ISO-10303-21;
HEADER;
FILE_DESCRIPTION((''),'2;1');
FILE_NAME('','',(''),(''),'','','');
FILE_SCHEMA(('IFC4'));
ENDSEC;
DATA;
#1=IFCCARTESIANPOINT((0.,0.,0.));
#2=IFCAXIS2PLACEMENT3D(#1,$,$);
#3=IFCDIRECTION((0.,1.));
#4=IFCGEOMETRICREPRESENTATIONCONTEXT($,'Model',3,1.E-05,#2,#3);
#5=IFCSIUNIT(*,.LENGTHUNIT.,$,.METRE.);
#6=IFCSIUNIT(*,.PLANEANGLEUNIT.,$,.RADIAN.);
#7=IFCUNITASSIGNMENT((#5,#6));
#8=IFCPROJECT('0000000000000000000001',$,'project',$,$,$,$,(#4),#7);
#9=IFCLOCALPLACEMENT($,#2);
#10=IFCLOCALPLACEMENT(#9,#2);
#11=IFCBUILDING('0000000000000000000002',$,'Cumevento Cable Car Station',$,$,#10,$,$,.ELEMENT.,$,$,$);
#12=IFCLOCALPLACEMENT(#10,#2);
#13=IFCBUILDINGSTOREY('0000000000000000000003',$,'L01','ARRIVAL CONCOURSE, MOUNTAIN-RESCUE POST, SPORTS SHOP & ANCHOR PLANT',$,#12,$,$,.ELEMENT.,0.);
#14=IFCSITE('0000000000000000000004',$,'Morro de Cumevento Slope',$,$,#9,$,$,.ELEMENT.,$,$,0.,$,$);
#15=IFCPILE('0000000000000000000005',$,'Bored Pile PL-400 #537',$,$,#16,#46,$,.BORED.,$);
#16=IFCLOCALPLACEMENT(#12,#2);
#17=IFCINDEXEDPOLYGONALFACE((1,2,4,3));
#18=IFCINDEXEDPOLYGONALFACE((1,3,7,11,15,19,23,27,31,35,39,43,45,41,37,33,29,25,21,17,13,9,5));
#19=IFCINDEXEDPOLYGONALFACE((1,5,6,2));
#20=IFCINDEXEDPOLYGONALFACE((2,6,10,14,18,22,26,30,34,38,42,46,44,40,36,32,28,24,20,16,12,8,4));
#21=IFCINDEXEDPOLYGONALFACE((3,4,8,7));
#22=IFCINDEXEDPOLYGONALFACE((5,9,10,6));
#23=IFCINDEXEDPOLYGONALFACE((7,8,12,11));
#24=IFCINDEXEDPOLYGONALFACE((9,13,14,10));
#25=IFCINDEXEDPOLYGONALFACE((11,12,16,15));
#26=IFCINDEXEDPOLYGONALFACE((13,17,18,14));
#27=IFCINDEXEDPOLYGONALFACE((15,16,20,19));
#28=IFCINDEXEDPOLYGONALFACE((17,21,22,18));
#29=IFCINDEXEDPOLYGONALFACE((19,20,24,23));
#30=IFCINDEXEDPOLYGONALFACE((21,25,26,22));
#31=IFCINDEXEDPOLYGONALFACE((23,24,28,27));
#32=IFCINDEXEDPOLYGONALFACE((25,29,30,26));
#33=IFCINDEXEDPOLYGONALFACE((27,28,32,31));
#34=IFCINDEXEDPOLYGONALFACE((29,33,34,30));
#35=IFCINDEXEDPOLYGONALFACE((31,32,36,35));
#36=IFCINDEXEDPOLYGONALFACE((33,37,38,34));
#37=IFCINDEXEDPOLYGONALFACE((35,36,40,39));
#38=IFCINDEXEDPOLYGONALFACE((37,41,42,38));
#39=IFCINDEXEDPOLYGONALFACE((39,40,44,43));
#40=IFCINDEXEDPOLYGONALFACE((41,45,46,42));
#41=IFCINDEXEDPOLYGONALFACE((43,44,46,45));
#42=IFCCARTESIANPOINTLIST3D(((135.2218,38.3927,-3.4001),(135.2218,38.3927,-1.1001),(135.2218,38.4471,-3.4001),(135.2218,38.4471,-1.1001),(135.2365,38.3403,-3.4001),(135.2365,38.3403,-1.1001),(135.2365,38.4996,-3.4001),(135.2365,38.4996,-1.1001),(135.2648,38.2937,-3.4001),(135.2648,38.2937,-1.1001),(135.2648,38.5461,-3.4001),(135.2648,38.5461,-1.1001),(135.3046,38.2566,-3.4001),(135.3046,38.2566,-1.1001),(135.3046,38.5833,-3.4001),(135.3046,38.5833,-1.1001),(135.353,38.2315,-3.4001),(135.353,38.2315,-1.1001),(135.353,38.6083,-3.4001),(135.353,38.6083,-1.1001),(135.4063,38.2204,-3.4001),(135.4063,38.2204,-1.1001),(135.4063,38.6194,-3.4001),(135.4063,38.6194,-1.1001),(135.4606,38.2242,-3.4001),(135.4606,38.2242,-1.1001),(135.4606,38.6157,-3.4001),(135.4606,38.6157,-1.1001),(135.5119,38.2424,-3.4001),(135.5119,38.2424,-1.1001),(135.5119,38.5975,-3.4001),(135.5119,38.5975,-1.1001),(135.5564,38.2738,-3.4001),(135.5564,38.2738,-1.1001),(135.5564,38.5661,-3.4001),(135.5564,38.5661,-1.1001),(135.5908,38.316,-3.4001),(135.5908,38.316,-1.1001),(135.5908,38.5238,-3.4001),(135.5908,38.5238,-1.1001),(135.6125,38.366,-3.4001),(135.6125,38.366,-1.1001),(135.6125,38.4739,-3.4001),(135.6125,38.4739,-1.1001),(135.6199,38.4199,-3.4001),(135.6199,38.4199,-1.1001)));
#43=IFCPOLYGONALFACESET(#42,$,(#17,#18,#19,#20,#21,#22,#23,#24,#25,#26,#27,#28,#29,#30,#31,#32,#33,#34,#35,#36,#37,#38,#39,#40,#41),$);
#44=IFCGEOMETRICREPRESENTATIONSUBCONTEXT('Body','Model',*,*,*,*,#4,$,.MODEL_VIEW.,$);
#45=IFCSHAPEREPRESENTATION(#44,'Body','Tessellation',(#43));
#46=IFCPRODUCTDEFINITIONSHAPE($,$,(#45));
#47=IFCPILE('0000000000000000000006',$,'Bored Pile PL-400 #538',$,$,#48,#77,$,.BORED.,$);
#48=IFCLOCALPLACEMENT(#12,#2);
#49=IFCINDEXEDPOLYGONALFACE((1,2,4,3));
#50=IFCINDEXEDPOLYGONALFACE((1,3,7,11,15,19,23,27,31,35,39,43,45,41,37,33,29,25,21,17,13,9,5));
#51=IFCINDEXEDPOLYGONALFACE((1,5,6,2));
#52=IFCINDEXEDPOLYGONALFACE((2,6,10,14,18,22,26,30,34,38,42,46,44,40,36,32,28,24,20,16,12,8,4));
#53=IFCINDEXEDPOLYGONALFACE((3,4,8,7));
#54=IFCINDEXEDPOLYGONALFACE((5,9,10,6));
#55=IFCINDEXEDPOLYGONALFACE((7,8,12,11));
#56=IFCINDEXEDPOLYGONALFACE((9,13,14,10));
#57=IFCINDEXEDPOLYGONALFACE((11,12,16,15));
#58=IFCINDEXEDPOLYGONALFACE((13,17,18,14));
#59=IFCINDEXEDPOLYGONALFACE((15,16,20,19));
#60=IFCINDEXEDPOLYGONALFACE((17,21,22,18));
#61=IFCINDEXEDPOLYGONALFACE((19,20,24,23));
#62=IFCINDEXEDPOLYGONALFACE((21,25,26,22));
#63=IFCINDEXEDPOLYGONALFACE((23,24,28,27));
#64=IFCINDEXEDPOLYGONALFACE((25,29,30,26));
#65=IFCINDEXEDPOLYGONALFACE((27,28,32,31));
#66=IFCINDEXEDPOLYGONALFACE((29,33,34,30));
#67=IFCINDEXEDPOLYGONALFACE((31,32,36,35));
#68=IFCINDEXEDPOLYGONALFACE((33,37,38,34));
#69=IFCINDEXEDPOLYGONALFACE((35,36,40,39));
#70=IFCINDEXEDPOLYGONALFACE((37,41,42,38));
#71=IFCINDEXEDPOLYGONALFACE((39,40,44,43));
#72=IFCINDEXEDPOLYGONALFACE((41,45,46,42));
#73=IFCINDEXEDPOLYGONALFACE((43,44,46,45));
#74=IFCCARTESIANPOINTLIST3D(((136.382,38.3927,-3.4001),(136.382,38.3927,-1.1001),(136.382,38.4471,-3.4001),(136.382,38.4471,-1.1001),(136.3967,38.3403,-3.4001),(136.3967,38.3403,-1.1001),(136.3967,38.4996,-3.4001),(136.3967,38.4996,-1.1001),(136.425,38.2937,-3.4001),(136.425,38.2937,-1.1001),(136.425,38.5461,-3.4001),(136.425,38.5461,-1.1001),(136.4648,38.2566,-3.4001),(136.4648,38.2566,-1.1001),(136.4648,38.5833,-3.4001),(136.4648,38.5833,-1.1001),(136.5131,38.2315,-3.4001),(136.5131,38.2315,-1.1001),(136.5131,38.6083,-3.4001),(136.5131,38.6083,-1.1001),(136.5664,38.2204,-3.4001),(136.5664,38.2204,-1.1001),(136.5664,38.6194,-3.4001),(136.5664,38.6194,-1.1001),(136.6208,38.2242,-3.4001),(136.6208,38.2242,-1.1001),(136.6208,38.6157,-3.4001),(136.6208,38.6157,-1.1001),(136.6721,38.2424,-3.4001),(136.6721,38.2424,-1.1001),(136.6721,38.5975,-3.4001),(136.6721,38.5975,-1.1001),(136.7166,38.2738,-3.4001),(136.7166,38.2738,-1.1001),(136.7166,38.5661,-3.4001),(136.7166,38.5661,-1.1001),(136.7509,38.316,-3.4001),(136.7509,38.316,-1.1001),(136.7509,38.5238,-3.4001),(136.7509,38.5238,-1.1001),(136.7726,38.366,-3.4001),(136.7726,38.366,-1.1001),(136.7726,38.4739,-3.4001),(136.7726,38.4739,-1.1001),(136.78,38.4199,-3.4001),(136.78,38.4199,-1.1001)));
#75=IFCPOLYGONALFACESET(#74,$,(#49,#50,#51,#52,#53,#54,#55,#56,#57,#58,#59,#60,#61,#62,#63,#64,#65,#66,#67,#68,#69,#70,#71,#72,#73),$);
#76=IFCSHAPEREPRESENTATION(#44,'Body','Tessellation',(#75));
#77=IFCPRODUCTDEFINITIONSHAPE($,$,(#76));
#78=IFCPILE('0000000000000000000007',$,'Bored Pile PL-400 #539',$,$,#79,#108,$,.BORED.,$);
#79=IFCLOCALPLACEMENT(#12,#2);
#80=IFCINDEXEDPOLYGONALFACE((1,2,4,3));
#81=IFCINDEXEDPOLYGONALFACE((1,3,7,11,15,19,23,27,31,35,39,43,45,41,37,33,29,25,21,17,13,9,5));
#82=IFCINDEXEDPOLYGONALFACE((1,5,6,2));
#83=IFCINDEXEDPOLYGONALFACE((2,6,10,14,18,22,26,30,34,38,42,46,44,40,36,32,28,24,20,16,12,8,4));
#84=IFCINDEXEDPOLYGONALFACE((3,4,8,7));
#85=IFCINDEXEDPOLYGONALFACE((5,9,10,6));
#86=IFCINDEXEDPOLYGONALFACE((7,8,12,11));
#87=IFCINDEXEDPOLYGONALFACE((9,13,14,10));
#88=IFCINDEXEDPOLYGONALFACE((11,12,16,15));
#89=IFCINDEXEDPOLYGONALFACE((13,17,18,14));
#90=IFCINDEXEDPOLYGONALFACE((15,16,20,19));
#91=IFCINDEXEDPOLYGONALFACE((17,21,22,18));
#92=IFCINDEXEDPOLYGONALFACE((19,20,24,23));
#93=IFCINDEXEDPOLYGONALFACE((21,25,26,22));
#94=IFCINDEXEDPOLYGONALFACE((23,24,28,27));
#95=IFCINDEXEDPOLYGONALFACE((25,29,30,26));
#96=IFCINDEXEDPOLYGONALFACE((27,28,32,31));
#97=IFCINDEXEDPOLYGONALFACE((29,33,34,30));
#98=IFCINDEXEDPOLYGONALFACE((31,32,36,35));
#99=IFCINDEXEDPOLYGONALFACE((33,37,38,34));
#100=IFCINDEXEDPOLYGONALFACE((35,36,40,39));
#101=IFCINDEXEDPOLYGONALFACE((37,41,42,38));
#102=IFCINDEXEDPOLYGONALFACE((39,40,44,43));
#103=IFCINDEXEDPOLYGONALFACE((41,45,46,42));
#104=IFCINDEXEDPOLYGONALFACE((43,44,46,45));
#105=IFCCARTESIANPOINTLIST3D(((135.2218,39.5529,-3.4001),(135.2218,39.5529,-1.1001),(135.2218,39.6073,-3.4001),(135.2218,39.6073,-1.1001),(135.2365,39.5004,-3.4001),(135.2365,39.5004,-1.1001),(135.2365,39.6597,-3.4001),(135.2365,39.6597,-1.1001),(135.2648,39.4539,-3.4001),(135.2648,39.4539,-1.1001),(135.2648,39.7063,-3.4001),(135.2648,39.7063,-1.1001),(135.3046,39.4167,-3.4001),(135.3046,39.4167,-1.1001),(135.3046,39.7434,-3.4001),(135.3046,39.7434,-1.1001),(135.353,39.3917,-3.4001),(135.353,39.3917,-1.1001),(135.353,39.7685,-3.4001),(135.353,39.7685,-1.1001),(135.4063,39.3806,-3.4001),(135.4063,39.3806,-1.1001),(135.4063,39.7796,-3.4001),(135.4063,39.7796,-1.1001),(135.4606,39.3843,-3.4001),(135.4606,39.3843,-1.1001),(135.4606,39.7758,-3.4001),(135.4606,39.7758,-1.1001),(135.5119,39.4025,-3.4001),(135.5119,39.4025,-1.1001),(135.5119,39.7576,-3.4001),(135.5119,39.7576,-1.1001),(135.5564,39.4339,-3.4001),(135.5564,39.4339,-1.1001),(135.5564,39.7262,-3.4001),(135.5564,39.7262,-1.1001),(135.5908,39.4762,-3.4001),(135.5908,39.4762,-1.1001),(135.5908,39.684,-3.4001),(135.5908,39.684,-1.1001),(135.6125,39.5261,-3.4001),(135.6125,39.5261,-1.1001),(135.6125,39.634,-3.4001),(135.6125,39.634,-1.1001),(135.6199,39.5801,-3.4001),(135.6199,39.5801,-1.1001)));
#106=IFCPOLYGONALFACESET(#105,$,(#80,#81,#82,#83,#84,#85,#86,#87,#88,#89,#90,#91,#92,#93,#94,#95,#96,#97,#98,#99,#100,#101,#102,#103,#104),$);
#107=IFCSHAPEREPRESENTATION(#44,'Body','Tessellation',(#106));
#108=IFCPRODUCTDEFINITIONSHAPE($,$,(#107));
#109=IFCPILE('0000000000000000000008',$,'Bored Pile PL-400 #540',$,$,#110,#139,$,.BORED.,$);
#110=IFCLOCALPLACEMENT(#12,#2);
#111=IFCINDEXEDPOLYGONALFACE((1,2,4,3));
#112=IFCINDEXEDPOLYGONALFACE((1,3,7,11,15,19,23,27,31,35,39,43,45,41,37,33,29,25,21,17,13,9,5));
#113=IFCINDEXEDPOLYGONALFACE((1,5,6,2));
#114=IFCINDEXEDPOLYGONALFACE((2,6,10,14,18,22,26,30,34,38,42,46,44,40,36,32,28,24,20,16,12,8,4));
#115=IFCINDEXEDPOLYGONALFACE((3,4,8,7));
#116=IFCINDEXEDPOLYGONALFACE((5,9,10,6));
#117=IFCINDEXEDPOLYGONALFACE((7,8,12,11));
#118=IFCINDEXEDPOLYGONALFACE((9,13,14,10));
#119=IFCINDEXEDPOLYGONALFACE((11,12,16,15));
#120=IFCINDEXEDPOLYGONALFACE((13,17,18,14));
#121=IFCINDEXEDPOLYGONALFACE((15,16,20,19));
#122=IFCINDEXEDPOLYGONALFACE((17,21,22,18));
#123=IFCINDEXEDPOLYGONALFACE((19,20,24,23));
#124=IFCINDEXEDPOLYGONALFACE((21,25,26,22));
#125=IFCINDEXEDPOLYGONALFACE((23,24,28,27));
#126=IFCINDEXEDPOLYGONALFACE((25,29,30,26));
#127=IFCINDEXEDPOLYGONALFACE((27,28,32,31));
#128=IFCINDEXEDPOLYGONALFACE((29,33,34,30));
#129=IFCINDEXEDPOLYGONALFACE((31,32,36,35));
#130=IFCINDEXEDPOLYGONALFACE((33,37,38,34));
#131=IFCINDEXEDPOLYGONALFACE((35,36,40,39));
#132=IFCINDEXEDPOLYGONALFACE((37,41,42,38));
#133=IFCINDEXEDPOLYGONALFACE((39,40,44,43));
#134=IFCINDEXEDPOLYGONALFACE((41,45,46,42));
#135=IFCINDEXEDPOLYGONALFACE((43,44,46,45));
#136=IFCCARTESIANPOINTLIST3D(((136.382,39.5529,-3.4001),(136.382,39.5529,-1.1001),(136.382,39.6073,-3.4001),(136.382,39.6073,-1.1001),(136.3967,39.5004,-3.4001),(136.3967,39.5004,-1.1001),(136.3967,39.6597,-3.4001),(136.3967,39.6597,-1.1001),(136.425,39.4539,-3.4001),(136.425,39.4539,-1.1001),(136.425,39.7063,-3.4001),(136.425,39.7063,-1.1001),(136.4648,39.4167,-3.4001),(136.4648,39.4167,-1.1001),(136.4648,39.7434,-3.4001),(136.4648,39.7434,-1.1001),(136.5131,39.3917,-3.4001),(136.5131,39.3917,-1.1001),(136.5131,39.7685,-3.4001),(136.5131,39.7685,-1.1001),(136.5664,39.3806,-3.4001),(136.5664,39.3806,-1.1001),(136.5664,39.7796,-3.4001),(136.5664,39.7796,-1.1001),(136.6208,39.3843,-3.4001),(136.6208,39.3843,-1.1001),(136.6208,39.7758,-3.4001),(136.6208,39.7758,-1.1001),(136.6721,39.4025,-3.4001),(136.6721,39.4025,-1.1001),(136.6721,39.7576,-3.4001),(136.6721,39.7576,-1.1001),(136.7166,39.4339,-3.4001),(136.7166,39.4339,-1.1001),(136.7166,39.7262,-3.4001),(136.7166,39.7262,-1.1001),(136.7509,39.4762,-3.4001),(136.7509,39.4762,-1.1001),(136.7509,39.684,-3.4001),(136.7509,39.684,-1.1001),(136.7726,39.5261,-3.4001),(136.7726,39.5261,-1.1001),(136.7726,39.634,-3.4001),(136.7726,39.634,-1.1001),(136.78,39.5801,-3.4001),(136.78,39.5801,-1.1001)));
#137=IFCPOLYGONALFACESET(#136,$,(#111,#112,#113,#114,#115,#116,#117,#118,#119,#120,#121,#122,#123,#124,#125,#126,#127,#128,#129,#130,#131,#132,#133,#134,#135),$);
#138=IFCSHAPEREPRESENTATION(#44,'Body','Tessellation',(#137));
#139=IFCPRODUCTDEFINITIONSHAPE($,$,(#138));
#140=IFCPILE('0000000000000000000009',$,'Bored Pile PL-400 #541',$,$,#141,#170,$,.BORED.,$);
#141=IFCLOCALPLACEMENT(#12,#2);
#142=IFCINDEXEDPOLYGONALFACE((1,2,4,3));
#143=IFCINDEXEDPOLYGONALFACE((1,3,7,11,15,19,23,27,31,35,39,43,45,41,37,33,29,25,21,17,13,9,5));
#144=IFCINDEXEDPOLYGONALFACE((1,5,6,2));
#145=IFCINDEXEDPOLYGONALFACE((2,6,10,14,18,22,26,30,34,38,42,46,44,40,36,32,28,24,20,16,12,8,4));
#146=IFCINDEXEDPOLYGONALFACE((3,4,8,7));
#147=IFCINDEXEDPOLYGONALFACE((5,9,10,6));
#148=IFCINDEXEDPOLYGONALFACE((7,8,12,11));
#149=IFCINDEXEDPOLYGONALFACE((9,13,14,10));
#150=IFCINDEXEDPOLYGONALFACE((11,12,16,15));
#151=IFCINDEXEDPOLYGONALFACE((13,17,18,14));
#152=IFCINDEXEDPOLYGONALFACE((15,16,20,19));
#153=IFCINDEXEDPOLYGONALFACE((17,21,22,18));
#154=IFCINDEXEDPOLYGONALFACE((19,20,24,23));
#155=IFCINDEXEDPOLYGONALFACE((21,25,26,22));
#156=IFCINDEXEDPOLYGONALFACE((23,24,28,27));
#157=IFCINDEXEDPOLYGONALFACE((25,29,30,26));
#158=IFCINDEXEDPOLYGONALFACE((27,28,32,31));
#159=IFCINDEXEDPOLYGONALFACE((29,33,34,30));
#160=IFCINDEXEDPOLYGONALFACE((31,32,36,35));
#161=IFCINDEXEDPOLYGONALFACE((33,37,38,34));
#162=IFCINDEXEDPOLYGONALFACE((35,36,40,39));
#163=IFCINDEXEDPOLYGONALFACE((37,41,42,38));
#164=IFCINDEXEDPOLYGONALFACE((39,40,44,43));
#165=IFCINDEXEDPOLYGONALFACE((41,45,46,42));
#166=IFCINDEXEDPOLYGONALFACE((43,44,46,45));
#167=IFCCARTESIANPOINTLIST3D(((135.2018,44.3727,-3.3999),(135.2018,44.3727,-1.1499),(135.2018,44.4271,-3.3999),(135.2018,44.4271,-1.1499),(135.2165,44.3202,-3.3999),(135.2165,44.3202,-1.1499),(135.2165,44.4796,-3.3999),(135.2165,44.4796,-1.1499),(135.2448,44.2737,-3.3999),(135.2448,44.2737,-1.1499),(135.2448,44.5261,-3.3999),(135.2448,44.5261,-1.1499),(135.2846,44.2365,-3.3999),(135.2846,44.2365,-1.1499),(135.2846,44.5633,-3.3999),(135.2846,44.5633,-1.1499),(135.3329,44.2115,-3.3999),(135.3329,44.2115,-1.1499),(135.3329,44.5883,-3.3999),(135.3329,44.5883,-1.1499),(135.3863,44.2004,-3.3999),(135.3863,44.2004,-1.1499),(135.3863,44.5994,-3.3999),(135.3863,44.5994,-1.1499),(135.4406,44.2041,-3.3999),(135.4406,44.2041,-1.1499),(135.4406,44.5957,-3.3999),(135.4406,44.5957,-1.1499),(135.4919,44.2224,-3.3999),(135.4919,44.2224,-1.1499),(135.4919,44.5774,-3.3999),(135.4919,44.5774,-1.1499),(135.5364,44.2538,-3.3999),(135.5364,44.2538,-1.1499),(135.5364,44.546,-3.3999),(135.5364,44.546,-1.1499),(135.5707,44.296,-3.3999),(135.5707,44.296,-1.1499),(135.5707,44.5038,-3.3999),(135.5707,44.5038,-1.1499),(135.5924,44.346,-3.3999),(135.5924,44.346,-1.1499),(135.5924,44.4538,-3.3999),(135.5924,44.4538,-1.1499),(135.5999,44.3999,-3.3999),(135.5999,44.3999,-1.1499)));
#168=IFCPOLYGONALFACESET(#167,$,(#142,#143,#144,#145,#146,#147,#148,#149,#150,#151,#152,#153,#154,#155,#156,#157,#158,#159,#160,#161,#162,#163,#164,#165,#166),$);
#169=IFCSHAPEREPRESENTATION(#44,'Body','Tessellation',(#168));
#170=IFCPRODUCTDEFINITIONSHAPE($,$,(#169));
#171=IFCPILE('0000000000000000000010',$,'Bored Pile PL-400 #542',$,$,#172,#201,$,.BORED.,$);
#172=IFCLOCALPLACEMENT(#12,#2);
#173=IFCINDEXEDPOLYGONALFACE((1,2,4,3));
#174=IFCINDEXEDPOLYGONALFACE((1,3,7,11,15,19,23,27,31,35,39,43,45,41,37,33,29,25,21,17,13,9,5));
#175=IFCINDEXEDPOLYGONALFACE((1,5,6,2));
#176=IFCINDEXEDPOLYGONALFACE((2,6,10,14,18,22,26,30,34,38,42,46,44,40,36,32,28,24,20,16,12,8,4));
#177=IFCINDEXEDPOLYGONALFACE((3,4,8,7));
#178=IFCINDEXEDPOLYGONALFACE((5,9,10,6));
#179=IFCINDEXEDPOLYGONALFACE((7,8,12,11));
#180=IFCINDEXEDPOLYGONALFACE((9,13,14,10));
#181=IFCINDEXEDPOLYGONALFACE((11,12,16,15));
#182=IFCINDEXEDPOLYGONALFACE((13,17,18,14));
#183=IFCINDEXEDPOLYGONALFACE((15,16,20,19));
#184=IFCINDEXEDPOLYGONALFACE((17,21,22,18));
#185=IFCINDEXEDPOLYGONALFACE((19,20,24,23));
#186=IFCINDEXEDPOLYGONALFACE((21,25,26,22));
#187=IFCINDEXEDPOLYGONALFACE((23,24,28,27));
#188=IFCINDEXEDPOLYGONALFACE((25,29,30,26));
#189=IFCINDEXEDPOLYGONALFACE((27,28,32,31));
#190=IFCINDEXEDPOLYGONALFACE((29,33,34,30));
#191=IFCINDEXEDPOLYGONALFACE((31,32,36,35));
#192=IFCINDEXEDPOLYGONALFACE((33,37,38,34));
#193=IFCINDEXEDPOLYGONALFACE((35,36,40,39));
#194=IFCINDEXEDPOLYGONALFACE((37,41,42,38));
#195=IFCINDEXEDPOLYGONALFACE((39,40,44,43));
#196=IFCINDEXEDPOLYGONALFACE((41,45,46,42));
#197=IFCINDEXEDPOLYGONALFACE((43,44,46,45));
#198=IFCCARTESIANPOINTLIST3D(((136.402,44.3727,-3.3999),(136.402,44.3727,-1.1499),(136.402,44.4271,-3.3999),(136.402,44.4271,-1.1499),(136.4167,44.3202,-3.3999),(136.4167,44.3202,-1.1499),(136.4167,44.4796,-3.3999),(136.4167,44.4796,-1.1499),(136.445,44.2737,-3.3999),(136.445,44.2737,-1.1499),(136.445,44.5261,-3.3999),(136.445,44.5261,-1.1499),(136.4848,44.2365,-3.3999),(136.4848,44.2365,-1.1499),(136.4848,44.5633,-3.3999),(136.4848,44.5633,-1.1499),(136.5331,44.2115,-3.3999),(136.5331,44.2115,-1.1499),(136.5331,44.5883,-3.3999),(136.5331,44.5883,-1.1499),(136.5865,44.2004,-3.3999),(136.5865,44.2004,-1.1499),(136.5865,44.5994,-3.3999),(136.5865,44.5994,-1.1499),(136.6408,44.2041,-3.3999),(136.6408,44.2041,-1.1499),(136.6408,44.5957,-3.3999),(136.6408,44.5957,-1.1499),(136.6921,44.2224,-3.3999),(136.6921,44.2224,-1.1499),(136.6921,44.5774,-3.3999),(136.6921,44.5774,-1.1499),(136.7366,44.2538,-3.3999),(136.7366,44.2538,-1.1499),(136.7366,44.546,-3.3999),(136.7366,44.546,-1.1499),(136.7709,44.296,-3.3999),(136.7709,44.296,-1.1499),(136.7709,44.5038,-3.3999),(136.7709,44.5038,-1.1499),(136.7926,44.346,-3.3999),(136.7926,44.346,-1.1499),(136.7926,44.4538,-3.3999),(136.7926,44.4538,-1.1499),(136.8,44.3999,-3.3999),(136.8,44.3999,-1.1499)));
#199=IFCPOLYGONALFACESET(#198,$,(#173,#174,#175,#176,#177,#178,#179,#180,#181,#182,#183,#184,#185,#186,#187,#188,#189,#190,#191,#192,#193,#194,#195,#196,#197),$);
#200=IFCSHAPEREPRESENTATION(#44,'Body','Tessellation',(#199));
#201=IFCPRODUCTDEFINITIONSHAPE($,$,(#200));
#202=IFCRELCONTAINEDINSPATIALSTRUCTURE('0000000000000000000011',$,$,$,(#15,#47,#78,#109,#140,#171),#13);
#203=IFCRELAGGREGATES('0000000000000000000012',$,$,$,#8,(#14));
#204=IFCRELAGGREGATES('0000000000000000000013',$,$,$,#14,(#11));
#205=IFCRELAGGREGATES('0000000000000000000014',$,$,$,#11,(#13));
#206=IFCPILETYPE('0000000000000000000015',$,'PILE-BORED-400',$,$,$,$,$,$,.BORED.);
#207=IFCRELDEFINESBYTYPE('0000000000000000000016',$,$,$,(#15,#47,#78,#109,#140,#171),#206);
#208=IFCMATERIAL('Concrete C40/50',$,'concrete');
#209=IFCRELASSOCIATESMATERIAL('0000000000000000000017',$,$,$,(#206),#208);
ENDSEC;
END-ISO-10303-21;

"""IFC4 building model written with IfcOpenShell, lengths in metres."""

from ifc_helpers import new_model, si_unit, direction, frame, origin, origin_2d, place, context, subcontext, project, spatial, circle, extrude, material, material_profile, profile_set, type_object, element, save


model = new_model("IFC4")

# Units and contexts
model_context = context("Model", 3, precision=1e-05, world=origin(), true_north=direction((0.0, 1.0)))
body_context = subcontext(model_context, "Body", "Model", "MODEL_VIEW")
ifc_project = project(units=[si_unit("LENGTHUNIT", "METRE"), si_unit("PLANEANGLEUNIT", "RADIAN")], contexts=[model_context])

# Site, building, storey
site_placement = place(None, origin())
site = spatial("IfcSite", under=ifc_project, at=site_placement, Name="Morro de Cumevento Slope", CompositionType="ELEMENT", RefElevation=0.0)
building_placement = place(site_placement, origin())
building = spatial("IfcBuilding", under=site, at=building_placement, Name="Cumevento Cable Car Station", CompositionType="ELEMENT")
storey_placement = place(building_placement, origin())
storey = spatial("IfcBuildingStorey", under=building, at=storey_placement, Name="L01", Description="ARRIVAL CONCOURSE, MOUNTAIN-RESCUE POST, SPORTS SHOP & ANCHOR PLANT", CompositionType="ELEMENT", Elevation=0.0)

# Piles
ifc_material_1 = material(Name="Concrete C40/50", Category="concrete")
ifc_material_profile_1 = material_profile(ifc_material_1, circle(Radius=0.2, at=origin_2d()), Name="PILE-D400")
ifc_profile_set_1 = profile_set([ifc_material_profile_1], Name="Concrete C40/50")
pile_type = type_object("IfcPileType", Name="PILE-BORED-400", PredefinedType="BORED", material=ifc_profile_set_1)
for number, where, z_axis, x_axis, name in (
    (1, (135.4199, 38.4199, -1.1001), (0.0, 0.0, -1.0), (1.0, 0.0, 0.0), "Bored Pile PL-400 #537"),
    (2, (136.5801, 38.4199, -1.1001), (0.0, 0.0, -1.0), (1.0, 0.0, 0.0), "Bored Pile PL-400 #538"),
    (3, (135.4199, 39.5801, -1.1001), (0.0, 0.0, -1.0), (1.0, 0.0, 0.0), "Bored Pile PL-400 #539"),
    (4, (136.5801, 39.5801, -1.1001), (0.0, 0.0, -1.0), (1.0, 0.0, 0.0), "Bored Pile PL-400 #540"),
):
    element("IfcPile", number, at=place(storey_placement, frame(where, z_axis=z_axis, x_axis=x_axis)), inside=storey, type_object=pile_type, Name=name, PredefinedType="BORED", context=body_context, shape_type="SweptSolid", body=[
        extrude(circle(Radius=0.2, at=origin_2d()), origin(), (0.0, 0.0, 1.0), 2.3),
    ])
for number, where, z_axis, x_axis, name in (
    (5, (135.3999, 44.3999, -1.1499), (0.0, 0.0, -1.0), (1.0, 0.0, 0.0), "Bored Pile PL-400 #541"),
    (6, (136.6001, 44.3999, -1.1499), (0.0, 0.0, -1.0), (1.0, 0.0, 0.0), "Bored Pile PL-400 #542"),
):
    element("IfcPile", number, at=place(storey_placement, frame(where, z_axis=z_axis, x_axis=x_axis)), inside=storey, type_object=pile_type, Name=name, PredefinedType="BORED", context=body_context, shape_type="SweptSolid", body=[
        extrude(circle(Radius=0.2, at=origin_2d()), origin(), (0.0, 0.0, 1.0), 2.25),
    ])

save(model, "model.ifc")
